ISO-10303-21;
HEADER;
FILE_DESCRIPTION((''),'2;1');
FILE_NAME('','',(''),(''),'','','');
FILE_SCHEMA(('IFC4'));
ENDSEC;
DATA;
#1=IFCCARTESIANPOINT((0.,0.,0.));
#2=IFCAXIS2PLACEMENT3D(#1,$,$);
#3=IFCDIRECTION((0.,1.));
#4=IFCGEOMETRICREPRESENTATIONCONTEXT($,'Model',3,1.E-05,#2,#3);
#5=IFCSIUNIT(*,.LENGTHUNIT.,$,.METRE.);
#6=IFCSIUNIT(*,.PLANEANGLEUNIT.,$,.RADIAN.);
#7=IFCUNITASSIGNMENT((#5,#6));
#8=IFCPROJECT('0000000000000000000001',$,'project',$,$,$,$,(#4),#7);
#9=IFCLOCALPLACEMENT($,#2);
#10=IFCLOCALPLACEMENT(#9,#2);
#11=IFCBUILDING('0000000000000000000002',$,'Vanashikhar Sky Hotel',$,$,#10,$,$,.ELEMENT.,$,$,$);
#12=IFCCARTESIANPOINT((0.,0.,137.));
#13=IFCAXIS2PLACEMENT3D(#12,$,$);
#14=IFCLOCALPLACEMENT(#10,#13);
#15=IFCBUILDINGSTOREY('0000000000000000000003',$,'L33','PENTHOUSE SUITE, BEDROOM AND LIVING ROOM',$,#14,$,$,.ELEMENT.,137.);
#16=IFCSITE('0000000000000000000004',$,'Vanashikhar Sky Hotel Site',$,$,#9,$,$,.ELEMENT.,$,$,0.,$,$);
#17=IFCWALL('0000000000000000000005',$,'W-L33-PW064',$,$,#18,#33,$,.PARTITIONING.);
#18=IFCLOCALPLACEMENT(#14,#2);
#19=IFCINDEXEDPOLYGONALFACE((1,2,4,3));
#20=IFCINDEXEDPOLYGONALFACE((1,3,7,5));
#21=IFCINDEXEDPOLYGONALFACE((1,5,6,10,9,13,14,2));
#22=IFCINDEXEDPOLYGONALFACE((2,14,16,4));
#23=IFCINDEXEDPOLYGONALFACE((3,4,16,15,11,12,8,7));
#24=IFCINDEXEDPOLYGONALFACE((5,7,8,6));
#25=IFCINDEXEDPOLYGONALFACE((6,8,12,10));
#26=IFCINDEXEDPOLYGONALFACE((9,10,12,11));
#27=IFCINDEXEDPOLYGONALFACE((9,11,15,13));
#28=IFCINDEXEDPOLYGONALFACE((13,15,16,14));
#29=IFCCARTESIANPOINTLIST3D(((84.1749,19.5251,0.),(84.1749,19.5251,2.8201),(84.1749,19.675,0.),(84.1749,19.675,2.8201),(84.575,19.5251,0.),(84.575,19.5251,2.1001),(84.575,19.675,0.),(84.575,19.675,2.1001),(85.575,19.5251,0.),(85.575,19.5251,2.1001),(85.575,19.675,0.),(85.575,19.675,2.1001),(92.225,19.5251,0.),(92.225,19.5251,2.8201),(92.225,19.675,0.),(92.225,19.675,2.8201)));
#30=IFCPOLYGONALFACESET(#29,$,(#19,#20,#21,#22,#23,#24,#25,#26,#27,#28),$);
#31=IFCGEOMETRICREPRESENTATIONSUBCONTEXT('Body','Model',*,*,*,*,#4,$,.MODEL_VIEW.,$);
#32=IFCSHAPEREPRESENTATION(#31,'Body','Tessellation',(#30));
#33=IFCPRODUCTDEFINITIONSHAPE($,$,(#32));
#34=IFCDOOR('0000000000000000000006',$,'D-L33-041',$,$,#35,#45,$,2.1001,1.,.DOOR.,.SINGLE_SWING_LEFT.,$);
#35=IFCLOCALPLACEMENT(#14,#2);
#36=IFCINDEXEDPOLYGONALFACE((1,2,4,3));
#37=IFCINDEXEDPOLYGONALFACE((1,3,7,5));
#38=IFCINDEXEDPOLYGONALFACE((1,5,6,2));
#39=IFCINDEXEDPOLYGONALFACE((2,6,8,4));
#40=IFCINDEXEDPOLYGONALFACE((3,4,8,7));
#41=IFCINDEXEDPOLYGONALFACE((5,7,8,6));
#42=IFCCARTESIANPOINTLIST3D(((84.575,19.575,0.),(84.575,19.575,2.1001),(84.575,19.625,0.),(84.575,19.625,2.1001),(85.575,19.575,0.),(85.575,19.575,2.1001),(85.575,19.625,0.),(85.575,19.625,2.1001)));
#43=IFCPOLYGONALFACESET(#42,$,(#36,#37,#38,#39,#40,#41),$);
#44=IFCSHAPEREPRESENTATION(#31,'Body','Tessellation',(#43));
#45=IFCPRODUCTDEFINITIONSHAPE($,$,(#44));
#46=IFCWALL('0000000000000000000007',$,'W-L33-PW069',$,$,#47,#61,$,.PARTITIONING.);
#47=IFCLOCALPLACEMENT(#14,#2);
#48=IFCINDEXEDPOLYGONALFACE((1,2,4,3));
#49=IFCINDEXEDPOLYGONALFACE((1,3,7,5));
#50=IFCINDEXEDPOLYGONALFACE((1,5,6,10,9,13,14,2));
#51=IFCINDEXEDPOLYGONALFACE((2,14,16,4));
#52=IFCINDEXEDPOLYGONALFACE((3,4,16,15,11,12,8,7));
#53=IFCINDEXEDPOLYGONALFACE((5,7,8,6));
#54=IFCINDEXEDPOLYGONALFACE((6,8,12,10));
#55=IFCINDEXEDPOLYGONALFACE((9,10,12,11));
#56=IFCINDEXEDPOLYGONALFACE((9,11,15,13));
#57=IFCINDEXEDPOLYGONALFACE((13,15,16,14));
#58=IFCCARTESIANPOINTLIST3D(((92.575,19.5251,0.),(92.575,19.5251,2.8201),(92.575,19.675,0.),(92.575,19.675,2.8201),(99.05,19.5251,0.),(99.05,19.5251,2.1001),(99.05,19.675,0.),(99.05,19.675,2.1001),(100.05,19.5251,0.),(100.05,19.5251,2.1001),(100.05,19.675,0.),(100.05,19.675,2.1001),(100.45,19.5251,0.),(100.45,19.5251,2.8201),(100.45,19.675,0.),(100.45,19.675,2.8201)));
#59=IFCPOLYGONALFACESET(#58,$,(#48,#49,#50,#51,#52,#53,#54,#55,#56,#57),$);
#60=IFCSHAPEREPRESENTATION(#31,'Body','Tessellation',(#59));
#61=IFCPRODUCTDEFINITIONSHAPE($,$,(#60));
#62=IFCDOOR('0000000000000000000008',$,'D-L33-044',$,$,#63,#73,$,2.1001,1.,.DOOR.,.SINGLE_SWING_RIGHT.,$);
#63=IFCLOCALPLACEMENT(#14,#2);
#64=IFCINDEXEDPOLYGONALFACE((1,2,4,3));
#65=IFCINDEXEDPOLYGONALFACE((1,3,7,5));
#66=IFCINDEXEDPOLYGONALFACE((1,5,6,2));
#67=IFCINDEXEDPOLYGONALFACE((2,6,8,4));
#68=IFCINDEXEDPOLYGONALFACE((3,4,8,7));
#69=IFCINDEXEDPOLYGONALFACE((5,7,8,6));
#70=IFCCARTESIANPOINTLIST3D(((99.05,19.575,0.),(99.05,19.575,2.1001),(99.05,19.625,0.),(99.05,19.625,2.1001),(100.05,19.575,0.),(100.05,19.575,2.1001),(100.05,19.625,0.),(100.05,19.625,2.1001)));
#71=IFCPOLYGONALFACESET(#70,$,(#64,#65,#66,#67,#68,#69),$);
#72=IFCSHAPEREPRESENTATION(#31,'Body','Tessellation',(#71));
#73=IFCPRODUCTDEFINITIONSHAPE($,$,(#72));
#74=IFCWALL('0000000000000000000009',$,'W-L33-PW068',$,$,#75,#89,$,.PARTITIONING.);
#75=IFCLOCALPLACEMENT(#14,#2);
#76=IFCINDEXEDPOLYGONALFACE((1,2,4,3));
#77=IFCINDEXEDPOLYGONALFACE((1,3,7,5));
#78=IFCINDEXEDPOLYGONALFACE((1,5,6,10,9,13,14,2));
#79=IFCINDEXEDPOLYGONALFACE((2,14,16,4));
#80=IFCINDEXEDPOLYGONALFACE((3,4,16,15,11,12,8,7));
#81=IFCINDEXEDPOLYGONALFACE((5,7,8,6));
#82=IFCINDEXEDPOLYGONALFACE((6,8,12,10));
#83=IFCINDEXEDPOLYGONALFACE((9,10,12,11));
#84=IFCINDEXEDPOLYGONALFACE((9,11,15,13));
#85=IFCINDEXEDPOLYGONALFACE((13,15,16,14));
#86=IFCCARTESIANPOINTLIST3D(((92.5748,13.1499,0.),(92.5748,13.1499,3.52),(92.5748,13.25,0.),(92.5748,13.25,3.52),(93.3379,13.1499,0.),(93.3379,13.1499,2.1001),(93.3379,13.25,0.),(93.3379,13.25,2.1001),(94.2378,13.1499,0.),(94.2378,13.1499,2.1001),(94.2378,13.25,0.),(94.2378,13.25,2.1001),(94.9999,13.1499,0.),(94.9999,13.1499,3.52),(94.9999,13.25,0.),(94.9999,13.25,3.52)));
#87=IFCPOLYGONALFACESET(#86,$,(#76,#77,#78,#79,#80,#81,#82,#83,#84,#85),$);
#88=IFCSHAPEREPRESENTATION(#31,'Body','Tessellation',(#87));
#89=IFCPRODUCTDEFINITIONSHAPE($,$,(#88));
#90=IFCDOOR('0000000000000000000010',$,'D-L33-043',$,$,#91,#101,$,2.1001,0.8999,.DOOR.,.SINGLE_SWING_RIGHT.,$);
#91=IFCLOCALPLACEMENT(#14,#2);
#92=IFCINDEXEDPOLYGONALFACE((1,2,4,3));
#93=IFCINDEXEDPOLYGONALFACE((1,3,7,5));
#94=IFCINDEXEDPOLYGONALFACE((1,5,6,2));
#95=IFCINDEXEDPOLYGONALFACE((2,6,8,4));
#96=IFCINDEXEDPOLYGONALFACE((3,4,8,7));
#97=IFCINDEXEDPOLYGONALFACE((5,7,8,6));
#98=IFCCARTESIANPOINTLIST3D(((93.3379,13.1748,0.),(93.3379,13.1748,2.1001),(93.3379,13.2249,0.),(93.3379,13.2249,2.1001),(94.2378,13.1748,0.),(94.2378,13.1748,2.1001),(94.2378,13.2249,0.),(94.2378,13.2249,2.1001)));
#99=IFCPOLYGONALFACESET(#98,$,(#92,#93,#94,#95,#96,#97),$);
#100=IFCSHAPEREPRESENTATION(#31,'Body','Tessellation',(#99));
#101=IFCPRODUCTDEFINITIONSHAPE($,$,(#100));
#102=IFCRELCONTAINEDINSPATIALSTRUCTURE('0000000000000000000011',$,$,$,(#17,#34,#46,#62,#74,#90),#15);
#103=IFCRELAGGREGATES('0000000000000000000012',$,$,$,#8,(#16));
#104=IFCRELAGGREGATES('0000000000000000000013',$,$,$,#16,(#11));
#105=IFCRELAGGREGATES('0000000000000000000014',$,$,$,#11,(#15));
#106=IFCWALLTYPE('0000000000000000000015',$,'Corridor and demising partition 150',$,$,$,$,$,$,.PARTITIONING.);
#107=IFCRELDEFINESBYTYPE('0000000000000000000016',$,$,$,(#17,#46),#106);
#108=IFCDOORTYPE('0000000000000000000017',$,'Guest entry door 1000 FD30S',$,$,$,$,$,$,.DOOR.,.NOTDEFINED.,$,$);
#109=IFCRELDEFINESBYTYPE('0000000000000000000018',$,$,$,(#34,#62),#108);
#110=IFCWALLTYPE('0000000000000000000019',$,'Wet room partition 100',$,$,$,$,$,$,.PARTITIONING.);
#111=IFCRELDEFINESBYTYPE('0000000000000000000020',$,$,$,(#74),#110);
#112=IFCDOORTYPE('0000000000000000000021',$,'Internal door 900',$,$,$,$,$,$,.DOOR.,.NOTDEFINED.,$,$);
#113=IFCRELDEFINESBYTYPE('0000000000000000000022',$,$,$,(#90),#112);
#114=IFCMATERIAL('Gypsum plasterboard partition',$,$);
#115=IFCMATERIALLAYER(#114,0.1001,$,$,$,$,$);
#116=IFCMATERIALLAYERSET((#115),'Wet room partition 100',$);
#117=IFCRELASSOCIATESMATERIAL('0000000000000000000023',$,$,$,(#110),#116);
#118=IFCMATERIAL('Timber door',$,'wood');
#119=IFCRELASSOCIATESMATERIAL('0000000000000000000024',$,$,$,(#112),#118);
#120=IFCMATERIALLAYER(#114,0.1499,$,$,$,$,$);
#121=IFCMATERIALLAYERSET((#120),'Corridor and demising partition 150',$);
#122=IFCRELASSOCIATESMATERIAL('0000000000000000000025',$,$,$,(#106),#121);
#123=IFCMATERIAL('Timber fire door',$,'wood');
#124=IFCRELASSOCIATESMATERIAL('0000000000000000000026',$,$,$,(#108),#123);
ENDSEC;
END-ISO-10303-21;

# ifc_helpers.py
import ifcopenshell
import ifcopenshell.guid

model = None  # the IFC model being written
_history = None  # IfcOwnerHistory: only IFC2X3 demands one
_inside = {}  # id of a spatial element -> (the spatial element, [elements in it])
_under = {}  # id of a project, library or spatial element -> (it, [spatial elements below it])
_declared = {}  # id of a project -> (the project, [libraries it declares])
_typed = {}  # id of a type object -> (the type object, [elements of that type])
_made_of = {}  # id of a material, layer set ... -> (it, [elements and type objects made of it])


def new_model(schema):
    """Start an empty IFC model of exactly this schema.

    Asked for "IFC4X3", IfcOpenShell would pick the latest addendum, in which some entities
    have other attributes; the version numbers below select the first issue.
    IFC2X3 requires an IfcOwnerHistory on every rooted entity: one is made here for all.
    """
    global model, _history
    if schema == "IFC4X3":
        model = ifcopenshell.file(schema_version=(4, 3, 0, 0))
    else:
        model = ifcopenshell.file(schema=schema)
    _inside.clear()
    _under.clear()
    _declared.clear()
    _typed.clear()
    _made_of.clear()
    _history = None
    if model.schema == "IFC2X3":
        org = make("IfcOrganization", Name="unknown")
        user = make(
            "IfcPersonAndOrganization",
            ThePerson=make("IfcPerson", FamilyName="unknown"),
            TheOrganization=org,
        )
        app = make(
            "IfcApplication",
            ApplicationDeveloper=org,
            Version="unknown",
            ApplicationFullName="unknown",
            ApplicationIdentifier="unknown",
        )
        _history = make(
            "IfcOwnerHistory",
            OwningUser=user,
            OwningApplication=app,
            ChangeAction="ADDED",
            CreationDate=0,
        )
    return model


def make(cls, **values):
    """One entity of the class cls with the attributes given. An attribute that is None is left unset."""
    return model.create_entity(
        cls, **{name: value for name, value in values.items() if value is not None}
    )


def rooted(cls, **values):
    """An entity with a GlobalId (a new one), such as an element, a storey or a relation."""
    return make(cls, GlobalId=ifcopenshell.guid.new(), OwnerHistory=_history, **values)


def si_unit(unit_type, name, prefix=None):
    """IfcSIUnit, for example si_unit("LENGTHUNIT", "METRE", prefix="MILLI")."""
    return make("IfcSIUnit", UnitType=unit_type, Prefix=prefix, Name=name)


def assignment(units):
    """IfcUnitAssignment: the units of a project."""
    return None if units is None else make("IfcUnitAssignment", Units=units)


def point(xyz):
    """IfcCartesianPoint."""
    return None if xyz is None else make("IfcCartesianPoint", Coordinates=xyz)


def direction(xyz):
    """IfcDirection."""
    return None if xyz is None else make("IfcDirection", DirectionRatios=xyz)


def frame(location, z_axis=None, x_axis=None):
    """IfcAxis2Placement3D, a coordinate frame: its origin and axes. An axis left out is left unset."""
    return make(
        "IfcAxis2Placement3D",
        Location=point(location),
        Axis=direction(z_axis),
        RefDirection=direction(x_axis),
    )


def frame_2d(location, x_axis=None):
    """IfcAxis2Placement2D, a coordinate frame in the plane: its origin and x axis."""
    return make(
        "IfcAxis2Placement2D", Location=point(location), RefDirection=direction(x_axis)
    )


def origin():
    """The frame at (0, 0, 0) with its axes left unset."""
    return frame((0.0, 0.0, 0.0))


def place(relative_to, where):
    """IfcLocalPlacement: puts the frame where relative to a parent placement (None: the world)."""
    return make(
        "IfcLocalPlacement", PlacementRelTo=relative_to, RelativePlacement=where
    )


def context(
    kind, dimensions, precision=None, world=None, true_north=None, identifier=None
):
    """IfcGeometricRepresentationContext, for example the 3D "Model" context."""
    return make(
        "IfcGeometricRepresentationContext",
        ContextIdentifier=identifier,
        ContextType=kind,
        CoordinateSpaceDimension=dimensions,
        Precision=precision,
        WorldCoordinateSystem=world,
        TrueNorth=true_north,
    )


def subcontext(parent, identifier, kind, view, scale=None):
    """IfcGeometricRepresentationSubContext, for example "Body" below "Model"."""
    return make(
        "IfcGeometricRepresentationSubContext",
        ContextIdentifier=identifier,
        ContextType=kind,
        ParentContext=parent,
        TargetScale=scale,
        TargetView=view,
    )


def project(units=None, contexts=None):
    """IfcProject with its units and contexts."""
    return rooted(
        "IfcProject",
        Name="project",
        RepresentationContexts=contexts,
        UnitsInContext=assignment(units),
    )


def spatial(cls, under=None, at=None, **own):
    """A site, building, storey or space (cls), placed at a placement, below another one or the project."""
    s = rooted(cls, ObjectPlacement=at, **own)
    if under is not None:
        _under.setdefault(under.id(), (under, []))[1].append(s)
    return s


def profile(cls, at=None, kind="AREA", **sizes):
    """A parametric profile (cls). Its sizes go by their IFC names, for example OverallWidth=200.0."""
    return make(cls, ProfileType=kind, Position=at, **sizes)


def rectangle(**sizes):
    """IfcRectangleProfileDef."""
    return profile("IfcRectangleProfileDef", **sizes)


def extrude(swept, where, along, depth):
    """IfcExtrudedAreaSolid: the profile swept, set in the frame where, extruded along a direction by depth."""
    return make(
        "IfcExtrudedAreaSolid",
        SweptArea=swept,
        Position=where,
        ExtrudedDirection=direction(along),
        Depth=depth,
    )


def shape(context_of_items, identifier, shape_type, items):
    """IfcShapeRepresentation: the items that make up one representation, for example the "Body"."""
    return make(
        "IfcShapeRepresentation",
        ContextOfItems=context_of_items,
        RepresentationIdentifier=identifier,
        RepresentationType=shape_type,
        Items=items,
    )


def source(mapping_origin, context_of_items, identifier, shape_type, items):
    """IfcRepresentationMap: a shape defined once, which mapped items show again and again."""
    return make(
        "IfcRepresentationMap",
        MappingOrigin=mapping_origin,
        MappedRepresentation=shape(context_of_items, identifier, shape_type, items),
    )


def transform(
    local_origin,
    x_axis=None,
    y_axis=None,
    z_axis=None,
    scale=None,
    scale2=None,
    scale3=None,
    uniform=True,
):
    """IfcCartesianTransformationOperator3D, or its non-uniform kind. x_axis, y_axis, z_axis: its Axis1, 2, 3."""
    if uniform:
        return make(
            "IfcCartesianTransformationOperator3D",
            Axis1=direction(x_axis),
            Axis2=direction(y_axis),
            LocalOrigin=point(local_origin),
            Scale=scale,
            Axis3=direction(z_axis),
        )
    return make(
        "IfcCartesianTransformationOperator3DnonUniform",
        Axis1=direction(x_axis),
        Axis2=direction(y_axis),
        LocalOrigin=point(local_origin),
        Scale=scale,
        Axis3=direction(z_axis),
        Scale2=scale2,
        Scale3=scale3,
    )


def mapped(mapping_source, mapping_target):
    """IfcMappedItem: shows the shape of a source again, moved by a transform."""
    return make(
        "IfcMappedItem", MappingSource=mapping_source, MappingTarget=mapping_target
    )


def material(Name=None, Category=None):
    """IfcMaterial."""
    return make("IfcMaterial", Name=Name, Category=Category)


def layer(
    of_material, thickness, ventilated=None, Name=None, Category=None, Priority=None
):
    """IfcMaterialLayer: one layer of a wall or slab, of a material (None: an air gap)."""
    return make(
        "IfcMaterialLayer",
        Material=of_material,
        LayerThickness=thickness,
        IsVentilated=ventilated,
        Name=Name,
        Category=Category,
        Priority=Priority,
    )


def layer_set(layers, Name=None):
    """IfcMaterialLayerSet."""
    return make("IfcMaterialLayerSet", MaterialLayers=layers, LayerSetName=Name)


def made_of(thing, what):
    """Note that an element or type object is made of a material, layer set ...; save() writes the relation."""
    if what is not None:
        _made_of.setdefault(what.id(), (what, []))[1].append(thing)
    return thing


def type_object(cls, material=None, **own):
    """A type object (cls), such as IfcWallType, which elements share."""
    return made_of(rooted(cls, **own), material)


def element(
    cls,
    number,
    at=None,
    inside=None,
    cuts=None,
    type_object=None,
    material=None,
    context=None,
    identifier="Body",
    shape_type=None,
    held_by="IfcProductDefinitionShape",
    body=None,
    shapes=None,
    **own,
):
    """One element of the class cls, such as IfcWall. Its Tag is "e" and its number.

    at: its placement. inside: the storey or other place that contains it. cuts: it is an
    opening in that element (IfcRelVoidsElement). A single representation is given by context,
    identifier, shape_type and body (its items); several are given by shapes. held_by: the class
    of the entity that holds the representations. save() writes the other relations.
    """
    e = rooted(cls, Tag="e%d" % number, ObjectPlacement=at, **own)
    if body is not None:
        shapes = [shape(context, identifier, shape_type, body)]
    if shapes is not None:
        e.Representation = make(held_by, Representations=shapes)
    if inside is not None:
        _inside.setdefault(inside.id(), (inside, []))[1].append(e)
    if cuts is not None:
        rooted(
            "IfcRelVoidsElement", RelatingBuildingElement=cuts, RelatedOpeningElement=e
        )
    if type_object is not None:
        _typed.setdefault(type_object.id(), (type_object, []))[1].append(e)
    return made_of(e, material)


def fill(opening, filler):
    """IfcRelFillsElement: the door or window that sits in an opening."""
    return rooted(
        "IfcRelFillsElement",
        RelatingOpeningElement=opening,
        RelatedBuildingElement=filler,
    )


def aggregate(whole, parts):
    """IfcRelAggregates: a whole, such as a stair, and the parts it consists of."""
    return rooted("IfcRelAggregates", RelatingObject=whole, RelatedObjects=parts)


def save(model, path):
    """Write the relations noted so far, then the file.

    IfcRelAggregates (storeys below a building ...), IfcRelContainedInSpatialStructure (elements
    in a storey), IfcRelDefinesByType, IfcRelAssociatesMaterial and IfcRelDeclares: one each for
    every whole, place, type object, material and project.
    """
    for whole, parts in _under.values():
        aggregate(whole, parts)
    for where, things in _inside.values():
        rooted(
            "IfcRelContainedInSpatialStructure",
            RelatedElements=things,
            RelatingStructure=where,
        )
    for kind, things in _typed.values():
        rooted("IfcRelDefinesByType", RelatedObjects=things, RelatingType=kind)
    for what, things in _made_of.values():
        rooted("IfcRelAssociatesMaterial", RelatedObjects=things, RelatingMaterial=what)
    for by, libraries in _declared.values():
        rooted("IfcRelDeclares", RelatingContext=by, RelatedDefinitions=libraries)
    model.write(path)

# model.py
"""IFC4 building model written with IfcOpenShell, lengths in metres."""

from ifc_helpers import new_model, si_unit, direction, frame, frame_2d, origin, place, context, subcontext, project, spatial, rectangle, extrude, source, transform, mapped, material, layer, layer_set, type_object, element, fill, save


model = new_model("IFC4")

# Units and contexts
model_context = context("Model", 3, precision=1e-05, world=origin(), true_north=direction((0.0, 1.0)))
body_context = subcontext(model_context, "Body", "Model", "MODEL_VIEW")
ifc_project = project(units=[si_unit("LENGTHUNIT", "METRE"), si_unit("PLANEANGLEUNIT", "RADIAN")], contexts=[model_context])

# Site, building, storey
site_placement = place(None, origin())
site = spatial("IfcSite", under=ifc_project, at=site_placement, Name="Vanashikhar Sky Hotel Site", CompositionType="ELEMENT", RefElevation=0.0)
building_placement = place(site_placement, origin())
building = spatial("IfcBuilding", under=site, at=building_placement, Name="Vanashikhar Sky Hotel", CompositionType="ELEMENT")
storey_placement = place(building_placement, frame((0.0, 0.0, 137.0)))
storey = spatial("IfcBuildingStorey", under=building, at=storey_placement, Name="L33", Description="PENTHOUSE SUITE, BEDROOM AND LIVING ROOM", CompositionType="ELEMENT", Elevation=137.0)

# Shared definitions
ifc_material_1 = material(Name="Gypsum plasterboard partition")
ifc_layer_1 = layer(ifc_material_1, 0.1001)
ifc_layer_set_1 = layer_set([ifc_layer_1], Name="Wet room partition 100")
wall_type_1 = type_object("IfcWallType", Name="Wet room partition 100", PredefinedType="PARTITIONING", material=ifc_layer_set_1)
shared_shape_1 = source(origin(), body_context, "Body", "SweptSolid", [
    extrude(rectangle(XDim=0.8999, YDim=2.1001, at=frame_2d((0.45, 1.05))), frame((0.0, 0.0601, 0.0), z_axis=(0.0, -1.0, 0.0), x_axis=(1.0, 0.0, 0.0)), (0.0, 0.0, 1.0), 0.1201),
])
ifc_material_2 = material(Name="Timber door", Category="wood")
door_type_1 = type_object("IfcDoorType", Name="Internal door 900", OperationType="NOTDEFINED", PredefinedType="DOOR", material=ifc_material_2)
shared_shape_2 = source(origin(), body_context, "Body", "SweptSolid", [
    extrude(rectangle(XDim=0.8999, YDim=2.1001, at=frame_2d((0.45, 1.05))), frame((0.0, 0.0249, 0.0), z_axis=(0.0, -1.0, 0.0), x_axis=(1.0, 0.0, 0.0)), (0.0, 0.0, 1.0), 0.05),
])

# Walls, openings, doors
ifc_layer_2 = layer(ifc_material_1, 0.1499)
ifc_layer_set_2 = layer_set([ifc_layer_2], Name="Corridor and demising partition 150")
wall_type_2 = type_object("IfcWallType", Name="Corridor and demising partition 150", PredefinedType="PARTITIONING", material=ifc_layer_set_2)
shared_shape_3 = source(origin(), body_context, "Body", "SweptSolid", [
    extrude(rectangle(XDim=8.05, YDim=0.1499, at=frame_2d((4.0249, 0.0))), origin(), (0.0, 0.0, 1.0), 2.8201),
])
wall_1_placement = place(storey_placement, frame((84.175, 19.6001, 0.0), z_axis=(0.0, 0.0, 1.0), x_axis=(1.0, 0.0, 0.0)))
wall_1 = element("IfcWall", 1, at=wall_1_placement, inside=storey, type_object=wall_type_2, Name="W-L33-PW064", PredefinedType="PARTITIONING", context=body_context, shape_type="MappedRepresentation", body=[
    mapped(shared_shape_3, transform((0.0, 0.0, 0.0), scale=1.0)),
])
shared_shape_4 = source(origin(), body_context, "Body", "SweptSolid", [
    extrude(rectangle(XDim=1.0, YDim=2.1001, at=frame_2d((0.5, 1.05))), frame((0.0, 0.085, 0.0), z_axis=(0.0, -1.0, 0.0), x_axis=(1.0, 0.0, 0.0)), (0.0, 0.0, 1.0), 0.1699),
])
opening_1_placement = place(wall_1_placement, frame((0.3999, 0.0, 0.0)))
opening_1 = element("IfcOpeningElement", 2, at=opening_1_placement, cuts=wall_1, PredefinedType="OPENING", context=body_context, shape_type="MappedRepresentation", body=[
    mapped(shared_shape_4, transform((0.0, 0.0, 0.0), scale=1.0)),
])
ifc_material_3 = material(Name="Timber fire door", Category="wood")
door_type_2 = type_object("IfcDoorType", Name="Guest entry door 1000 FD30S", OperationType="NOTDEFINED", PredefinedType="DOOR", material=ifc_material_3)
shared_shape_5 = source(origin(), body_context, "Body", "SweptSolid", [
    extrude(rectangle(XDim=1.0, YDim=2.1001, at=frame_2d((0.5, 1.05))), frame((0.0, 0.0249, 0.0), z_axis=(0.0, -1.0, 0.0), x_axis=(1.0, 0.0, 0.0)), (0.0, 0.0, 1.0), 0.05),
])
door_1_placement = place(opening_1_placement, origin())
door_1 = element("IfcDoor", 3, at=door_1_placement, inside=storey, type_object=door_type_2, Name="D-L33-041", OperationType="SINGLE_SWING_LEFT", OverallHeight=2.1001, OverallWidth=1.0, PredefinedType="DOOR", context=body_context, shape_type="MappedRepresentation", body=[
    mapped(shared_shape_5, transform((0.0, 0.0, 0.0), scale=1.0)),
])
fill(opening_1, door_1)
shared_shape_6 = source(origin(), body_context, "Body", "SweptSolid", [
    extrude(rectangle(XDim=7.875, YDim=0.1499, at=frame_2d((3.9375, 0.0))), origin(), (0.0, 0.0, 1.0), 2.8201),
])
wall_2_placement = place(storey_placement, frame((92.575, 19.6001, 0.0), z_axis=(0.0, 0.0, 1.0), x_axis=(1.0, 0.0, 0.0)))
wall_2 = element("IfcWall", 4, at=wall_2_placement, inside=storey, type_object=wall_type_2, Name="W-L33-PW069", PredefinedType="PARTITIONING", context=body_context, shape_type="MappedRepresentation", body=[
    mapped(shared_shape_6, transform((0.0, 0.0, 0.0), scale=1.0)),
])
opening_2_placement = place(wall_2_placement, frame((6.4751, 0.0, 0.0)))
opening_2 = element("IfcOpeningElement", 5, at=opening_2_placement, cuts=wall_2, PredefinedType="OPENING", context=body_context, shape_type="MappedRepresentation", body=[
    mapped(shared_shape_4, transform((0.0, 0.0, 0.0), scale=1.0)),
])
door_2_placement = place(opening_2_placement, origin())
door_2 = element("IfcDoor", 6, at=door_2_placement, inside=storey, type_object=door_type_2, Name="D-L33-044", OperationType="SINGLE_SWING_RIGHT", OverallHeight=2.1001, OverallWidth=1.0, PredefinedType="DOOR", context=body_context, shape_type="MappedRepresentation", body=[
    mapped(shared_shape_5, transform((0.0, 0.0, 0.0), scale=1.0)),
])
fill(opening_2, door_2)
shared_shape_7 = source(origin(), body_context, "Body", "SweptSolid", [
    extrude(rectangle(XDim=2.425, YDim=0.1001, at=frame_2d((1.2124, 0.0))), origin(), (0.0, 0.0, 1.0), 3.52),
])
wall_3_placement = place(storey_placement, frame((92.575, 13.2, 0.0), z_axis=(0.0, 0.0, 1.0), x_axis=(1.0, 0.0, 0.0)))
wall_3 = element("IfcWall", 7, at=wall_3_placement, inside=storey, type_object=wall_type_1, Name="W-L33-PW068", PredefinedType="PARTITIONING", context=body_context, shape_type="MappedRepresentation", body=[
    mapped(shared_shape_7, transform((0.0, 0.0, 0.0), scale=1.0)),
])
opening_3_placement = place(wall_3_placement, frame((0.7629, 0.0, 0.0)))
opening_3 = element("IfcOpeningElement", 8, at=opening_3_placement, cuts=wall_3, PredefinedType="OPENING", context=body_context, shape_type="MappedRepresentation", body=[
    mapped(shared_shape_1, transform((0.0, 0.0, 0.0), scale=1.0)),
])
door_3_placement = place(opening_3_placement, origin())
door_3 = element("IfcDoor", 9, at=door_3_placement, inside=storey, type_object=door_type_1, Name="D-L33-043", OperationType="SINGLE_SWING_RIGHT", OverallHeight=2.1001, OverallWidth=0.8999, PredefinedType="DOOR", context=body_context, shape_type="MappedRepresentation", body=[
    mapped(shared_shape_2, transform((0.0, 0.0, 0.0), scale=1.0)),
])
fill(opening_3, door_3)

save(model, "model.ifc")
